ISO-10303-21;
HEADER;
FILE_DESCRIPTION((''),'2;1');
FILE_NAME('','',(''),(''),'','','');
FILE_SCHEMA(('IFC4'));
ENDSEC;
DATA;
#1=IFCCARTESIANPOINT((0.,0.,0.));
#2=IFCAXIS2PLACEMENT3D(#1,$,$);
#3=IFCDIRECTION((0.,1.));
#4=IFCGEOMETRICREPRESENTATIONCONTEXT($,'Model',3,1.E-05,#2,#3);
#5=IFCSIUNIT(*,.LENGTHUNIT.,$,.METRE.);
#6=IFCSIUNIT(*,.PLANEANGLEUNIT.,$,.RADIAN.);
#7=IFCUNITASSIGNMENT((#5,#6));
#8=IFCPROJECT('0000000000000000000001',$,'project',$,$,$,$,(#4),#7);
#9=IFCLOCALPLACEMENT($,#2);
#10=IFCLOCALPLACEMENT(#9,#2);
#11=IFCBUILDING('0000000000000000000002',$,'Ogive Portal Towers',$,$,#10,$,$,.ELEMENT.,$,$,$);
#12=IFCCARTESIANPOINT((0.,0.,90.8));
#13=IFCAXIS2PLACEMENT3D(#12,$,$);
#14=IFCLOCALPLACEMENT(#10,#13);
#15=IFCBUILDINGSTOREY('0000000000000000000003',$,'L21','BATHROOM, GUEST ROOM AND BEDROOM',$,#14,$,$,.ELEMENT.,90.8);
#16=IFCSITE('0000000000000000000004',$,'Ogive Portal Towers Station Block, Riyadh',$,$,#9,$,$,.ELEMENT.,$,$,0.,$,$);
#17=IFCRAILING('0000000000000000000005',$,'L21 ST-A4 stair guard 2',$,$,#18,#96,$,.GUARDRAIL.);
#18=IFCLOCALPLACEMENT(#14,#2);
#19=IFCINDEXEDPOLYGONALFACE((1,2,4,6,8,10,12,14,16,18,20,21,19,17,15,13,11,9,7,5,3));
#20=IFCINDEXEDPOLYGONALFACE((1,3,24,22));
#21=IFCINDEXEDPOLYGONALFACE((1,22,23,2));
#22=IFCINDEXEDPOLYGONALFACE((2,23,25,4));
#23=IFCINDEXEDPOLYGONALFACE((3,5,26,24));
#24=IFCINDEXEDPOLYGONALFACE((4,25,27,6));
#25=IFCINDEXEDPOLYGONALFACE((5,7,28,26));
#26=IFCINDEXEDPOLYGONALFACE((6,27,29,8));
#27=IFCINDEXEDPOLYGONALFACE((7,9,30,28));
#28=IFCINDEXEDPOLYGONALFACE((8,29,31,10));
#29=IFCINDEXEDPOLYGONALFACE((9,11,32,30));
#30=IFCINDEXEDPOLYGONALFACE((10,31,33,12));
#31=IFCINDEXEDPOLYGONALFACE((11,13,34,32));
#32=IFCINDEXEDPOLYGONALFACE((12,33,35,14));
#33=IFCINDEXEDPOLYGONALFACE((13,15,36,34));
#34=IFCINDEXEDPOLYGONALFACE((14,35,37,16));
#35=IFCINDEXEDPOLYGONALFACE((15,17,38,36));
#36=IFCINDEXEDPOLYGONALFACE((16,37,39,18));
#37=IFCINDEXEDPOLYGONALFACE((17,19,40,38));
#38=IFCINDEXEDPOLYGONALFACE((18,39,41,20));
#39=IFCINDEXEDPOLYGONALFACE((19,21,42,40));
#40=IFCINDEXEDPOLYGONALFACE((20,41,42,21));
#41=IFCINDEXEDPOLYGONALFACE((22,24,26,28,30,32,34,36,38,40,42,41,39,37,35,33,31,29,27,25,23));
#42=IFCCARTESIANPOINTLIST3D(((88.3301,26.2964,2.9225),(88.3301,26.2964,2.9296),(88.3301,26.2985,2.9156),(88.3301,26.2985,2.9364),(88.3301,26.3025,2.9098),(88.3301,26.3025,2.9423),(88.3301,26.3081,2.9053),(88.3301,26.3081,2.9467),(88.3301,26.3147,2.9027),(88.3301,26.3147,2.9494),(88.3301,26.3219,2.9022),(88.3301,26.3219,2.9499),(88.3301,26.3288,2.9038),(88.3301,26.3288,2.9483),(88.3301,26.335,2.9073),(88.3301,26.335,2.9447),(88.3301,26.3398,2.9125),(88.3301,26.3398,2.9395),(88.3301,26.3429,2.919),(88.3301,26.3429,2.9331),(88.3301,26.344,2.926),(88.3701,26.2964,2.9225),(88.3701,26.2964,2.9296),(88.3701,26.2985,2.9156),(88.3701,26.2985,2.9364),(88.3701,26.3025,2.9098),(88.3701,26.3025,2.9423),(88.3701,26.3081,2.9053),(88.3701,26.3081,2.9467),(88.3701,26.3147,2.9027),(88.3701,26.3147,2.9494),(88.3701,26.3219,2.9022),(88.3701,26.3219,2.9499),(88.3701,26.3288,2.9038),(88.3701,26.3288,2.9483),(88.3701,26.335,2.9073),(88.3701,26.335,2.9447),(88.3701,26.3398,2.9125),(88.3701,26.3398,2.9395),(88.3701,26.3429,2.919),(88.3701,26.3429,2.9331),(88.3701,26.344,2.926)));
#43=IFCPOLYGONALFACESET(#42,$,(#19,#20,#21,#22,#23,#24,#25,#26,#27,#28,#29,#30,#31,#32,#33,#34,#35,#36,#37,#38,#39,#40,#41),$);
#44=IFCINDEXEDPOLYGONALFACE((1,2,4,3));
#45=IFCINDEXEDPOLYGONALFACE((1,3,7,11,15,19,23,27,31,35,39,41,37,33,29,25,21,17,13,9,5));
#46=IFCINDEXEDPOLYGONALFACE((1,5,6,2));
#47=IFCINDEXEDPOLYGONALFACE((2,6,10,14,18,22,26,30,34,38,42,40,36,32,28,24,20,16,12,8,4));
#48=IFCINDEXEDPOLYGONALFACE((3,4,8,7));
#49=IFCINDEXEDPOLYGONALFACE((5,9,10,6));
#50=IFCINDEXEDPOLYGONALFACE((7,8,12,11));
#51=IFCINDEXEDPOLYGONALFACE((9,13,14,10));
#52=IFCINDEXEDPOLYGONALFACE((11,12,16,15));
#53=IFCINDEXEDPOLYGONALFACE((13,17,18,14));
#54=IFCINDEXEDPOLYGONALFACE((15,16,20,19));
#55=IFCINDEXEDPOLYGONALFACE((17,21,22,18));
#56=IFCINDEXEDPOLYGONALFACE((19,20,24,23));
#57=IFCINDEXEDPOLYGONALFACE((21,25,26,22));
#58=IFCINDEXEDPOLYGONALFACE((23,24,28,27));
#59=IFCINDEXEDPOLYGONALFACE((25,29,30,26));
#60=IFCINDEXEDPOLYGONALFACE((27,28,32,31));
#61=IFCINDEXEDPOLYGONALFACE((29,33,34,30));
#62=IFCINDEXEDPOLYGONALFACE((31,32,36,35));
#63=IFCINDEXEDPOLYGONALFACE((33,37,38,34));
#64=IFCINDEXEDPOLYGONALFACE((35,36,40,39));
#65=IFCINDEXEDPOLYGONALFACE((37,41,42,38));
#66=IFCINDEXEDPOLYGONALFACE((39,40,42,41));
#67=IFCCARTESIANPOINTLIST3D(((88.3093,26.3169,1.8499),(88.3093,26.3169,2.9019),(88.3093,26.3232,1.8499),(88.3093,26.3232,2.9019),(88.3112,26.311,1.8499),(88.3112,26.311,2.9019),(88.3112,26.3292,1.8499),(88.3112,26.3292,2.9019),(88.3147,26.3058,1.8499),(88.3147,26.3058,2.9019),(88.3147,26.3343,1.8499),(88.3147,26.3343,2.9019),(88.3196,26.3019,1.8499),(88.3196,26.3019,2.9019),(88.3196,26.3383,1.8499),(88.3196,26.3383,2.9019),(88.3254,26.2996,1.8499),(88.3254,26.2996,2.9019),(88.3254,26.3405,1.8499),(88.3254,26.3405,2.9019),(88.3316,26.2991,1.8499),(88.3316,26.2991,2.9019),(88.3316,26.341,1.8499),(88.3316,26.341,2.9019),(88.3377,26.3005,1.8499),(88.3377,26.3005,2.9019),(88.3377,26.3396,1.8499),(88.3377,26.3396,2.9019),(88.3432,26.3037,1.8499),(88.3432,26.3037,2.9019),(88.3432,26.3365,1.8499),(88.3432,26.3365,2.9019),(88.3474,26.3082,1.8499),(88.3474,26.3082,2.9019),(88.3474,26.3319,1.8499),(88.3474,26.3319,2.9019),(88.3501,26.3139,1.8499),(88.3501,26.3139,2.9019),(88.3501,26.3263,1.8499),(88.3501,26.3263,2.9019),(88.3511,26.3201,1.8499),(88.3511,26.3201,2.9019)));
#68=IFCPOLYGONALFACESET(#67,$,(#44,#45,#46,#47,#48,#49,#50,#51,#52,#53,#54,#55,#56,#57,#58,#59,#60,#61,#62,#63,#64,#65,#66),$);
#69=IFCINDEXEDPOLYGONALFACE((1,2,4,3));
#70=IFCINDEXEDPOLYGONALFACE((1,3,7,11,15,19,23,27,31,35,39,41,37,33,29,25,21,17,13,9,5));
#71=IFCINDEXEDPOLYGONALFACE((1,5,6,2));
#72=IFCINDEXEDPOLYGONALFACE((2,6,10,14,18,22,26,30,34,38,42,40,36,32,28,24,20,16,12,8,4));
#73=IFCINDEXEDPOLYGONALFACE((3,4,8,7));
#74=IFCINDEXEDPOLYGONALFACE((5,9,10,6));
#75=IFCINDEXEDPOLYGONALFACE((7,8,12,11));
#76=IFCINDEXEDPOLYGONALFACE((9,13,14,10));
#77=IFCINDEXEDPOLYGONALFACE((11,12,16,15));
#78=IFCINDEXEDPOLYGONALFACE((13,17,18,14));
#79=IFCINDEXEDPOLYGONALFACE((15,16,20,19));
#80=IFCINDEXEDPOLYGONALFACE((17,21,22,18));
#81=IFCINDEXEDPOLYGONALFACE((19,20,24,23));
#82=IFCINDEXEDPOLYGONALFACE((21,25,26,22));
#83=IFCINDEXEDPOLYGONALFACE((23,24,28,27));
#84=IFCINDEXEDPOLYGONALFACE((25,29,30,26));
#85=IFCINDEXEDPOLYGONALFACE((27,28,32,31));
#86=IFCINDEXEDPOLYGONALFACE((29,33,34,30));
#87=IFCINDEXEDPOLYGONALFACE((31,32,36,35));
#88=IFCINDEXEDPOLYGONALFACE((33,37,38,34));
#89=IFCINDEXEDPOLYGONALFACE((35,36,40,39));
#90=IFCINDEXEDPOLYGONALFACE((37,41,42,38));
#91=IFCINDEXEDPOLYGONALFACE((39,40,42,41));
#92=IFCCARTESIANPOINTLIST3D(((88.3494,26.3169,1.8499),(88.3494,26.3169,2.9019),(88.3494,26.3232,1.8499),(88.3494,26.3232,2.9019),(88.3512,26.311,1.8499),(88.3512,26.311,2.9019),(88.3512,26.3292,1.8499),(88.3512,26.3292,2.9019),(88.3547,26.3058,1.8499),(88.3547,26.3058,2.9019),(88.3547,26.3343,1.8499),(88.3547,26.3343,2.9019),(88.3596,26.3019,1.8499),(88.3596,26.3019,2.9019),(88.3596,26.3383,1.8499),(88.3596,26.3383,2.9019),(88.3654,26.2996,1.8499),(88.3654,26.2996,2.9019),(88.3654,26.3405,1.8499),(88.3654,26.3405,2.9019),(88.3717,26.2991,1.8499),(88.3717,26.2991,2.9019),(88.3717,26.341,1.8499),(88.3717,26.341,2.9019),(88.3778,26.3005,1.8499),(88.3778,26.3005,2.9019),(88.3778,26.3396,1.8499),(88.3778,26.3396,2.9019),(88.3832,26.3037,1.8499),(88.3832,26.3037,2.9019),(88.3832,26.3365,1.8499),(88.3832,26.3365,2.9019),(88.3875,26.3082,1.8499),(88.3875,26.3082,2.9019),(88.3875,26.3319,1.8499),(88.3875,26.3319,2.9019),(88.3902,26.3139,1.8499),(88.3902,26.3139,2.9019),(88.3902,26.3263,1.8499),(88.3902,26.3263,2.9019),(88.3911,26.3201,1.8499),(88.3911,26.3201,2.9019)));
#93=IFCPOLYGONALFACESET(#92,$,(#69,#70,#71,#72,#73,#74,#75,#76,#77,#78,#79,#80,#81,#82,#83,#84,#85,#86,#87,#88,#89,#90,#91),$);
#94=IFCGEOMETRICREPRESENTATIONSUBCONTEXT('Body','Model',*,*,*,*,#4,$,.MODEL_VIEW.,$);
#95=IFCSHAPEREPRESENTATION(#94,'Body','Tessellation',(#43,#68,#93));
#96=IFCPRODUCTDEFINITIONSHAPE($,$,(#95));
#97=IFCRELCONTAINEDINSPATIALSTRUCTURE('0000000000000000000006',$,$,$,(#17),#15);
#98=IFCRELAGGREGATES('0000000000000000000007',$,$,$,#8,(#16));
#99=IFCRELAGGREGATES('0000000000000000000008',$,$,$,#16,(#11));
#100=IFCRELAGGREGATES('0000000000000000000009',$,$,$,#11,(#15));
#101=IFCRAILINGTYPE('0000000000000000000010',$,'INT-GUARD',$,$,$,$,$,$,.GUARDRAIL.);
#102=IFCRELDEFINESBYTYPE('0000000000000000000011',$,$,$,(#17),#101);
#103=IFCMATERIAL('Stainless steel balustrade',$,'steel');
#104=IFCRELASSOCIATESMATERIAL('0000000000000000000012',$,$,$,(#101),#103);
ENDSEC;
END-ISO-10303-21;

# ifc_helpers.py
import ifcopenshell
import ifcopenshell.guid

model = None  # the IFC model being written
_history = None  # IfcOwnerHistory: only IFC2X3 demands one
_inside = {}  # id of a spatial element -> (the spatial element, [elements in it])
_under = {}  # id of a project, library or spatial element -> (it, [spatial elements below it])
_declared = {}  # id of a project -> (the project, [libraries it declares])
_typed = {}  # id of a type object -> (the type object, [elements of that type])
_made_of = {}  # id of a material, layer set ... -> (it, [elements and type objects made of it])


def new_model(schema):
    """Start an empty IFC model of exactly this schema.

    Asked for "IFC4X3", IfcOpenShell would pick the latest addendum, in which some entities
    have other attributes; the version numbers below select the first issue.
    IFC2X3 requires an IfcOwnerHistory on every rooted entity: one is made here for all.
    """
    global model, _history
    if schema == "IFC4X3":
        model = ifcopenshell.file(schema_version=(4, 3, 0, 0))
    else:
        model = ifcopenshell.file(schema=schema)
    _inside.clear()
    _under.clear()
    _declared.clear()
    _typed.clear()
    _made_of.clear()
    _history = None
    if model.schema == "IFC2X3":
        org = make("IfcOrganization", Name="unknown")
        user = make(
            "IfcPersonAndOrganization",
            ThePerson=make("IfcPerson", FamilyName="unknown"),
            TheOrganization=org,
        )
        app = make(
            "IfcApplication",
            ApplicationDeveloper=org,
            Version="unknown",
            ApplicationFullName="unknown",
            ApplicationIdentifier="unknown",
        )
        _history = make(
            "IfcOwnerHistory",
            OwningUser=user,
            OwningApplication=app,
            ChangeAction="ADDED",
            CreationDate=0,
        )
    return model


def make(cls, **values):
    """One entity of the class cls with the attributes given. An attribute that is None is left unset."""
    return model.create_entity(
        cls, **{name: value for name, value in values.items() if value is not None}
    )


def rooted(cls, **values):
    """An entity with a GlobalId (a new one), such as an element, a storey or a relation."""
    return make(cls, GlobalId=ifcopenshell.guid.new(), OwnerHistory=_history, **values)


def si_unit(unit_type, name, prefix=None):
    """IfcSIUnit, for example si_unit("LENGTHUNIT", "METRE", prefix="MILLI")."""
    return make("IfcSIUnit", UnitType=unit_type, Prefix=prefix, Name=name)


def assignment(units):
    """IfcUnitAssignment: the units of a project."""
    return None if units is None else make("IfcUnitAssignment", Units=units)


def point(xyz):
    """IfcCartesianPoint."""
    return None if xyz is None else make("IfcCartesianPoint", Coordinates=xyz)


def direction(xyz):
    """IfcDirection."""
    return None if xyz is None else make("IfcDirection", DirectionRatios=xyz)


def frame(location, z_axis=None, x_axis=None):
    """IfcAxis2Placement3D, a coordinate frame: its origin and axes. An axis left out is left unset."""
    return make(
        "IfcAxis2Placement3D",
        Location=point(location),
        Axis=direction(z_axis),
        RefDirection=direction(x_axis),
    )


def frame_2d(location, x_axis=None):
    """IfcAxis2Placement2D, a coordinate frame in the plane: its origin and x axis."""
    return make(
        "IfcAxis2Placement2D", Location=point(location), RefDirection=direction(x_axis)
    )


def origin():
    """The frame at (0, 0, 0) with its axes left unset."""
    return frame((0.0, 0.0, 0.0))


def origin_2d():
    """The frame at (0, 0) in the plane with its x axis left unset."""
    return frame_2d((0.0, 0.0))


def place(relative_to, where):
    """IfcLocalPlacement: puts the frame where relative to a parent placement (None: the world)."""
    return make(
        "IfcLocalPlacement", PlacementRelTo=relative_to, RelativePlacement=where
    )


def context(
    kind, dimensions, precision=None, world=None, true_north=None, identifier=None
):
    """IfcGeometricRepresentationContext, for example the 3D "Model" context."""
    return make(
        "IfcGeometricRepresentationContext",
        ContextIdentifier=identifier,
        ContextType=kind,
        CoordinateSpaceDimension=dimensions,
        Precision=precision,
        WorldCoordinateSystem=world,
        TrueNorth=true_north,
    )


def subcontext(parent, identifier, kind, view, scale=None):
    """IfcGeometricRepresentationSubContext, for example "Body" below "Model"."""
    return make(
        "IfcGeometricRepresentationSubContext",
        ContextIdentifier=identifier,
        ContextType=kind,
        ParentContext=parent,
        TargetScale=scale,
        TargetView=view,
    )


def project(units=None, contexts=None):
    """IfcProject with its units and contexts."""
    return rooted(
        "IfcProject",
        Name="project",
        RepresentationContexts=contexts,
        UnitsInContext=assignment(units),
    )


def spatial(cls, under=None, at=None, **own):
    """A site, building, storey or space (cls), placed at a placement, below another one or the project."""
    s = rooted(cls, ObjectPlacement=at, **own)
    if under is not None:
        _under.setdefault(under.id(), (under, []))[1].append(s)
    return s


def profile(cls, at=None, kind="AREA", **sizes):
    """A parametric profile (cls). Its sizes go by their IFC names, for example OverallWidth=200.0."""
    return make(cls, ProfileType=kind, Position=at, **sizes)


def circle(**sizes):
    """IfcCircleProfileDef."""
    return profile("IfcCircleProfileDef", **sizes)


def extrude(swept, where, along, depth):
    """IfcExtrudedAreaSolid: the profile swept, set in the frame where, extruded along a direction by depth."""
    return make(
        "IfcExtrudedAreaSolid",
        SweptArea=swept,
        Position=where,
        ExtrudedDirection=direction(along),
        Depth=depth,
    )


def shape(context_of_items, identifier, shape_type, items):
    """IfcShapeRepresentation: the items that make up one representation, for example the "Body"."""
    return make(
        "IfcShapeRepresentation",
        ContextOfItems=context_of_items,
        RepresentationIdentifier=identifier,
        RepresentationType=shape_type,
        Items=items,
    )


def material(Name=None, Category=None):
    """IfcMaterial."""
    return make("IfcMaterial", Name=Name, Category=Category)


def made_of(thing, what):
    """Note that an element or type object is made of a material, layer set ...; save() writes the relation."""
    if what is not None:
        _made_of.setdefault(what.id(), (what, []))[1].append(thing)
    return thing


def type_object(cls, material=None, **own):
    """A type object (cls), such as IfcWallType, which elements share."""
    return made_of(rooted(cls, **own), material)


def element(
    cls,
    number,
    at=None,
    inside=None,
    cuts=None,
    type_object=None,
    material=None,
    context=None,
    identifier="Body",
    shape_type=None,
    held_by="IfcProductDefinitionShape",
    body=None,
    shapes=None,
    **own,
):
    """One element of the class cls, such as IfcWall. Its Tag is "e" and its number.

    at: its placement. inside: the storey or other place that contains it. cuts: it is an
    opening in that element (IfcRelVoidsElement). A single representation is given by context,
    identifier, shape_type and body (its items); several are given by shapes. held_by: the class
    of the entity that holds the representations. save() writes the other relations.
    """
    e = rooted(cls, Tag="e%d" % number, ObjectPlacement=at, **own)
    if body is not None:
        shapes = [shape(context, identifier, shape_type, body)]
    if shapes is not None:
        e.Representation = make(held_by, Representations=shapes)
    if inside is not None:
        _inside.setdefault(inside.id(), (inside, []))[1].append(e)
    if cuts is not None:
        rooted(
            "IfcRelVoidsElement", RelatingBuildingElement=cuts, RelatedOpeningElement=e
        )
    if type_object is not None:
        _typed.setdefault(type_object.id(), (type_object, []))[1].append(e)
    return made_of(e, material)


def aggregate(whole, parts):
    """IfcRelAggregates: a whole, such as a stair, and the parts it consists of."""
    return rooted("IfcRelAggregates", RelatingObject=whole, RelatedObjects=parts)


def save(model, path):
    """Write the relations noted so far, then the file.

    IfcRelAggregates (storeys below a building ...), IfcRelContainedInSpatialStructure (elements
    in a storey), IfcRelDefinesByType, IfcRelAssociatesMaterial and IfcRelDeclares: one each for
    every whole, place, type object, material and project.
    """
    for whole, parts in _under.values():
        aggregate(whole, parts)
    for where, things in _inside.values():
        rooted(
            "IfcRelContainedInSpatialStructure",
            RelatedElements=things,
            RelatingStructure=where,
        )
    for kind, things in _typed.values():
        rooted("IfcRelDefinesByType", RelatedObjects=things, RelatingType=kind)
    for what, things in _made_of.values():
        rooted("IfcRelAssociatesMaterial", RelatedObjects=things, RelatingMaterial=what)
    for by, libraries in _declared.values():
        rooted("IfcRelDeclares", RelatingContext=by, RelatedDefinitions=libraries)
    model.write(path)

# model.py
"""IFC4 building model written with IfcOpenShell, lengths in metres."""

from ifc_helpers import new_model, si_unit, direction, frame, origin, origin_2d, place, context, subcontext, project, spatial, circle, extrude, material, type_object, element, save


model = new_model("IFC4")

# Units and contexts
model_context = context("Model", 3, precision=1e-05, world=origin(), true_north=direction((0.0, 1.0)))
body_context = subcontext(model_context, "Body", "Model", "MODEL_VIEW")
ifc_project = project(units=[si_unit("LENGTHUNIT", "METRE"), si_unit("PLANEANGLEUNIT", "RADIAN")], contexts=[model_context])

# Site, building, storey
site_placement = place(None, origin())
site = spatial("IfcSite", under=ifc_project, at=site_placement, Name="Ogive Portal Towers Station Block, Riyadh", CompositionType="ELEMENT", RefElevation=0.0)
building_placement = place(site_placement, origin())
building = spatial("IfcBuilding", under=site, at=building_placement, Name="Ogive Portal Towers", CompositionType="ELEMENT")
storey_placement = place(building_placement, frame((0.0, 0.0, 90.8)))
storey = spatial("IfcBuildingStorey", under=building, at=storey_placement, Name="L21", Description="BATHROOM, GUEST ROOM AND BEDROOM", CompositionType="ELEMENT", Elevation=90.8)

# Railing
ifc_material_1 = material(Name="Stainless steel balustrade", Category="steel")
railing_type_1 = type_object("IfcRailingType", Name="INT-GUARD", PredefinedType="GUARDRAIL", material=ifc_material_1)
railing_1_placement = place(storey_placement, frame((88.3301, 26.3201, 1.8499)))
element("IfcRailing", 1, at=railing_1_placement, inside=storey, type_object=railing_type_1, Name="L21 ST-A4 stair guard 2", PredefinedType="GUARDRAIL", context=body_context, shape_type="SweptSolid", body=[
    extrude(circle(Radius=0.0239, at=origin_2d()), frame((0.0, 0.0, 1.0762), z_axis=(1.0, 0.0, 0.0), x_axis=(0.0, 1.0, 0.0)), (0.0, 0.0, 1.0), 0.04),
    extrude(circle(Radius=0.021, at=origin_2d()), origin(), (0.0, 0.0, 1.0), 1.052),
    extrude(circle(Radius=0.021, at=origin_2d()), frame((0.04, 0.0, 0.0)), (0.0, 0.0, 1.0), 1.052),
])

save(model, "model.ifc")
